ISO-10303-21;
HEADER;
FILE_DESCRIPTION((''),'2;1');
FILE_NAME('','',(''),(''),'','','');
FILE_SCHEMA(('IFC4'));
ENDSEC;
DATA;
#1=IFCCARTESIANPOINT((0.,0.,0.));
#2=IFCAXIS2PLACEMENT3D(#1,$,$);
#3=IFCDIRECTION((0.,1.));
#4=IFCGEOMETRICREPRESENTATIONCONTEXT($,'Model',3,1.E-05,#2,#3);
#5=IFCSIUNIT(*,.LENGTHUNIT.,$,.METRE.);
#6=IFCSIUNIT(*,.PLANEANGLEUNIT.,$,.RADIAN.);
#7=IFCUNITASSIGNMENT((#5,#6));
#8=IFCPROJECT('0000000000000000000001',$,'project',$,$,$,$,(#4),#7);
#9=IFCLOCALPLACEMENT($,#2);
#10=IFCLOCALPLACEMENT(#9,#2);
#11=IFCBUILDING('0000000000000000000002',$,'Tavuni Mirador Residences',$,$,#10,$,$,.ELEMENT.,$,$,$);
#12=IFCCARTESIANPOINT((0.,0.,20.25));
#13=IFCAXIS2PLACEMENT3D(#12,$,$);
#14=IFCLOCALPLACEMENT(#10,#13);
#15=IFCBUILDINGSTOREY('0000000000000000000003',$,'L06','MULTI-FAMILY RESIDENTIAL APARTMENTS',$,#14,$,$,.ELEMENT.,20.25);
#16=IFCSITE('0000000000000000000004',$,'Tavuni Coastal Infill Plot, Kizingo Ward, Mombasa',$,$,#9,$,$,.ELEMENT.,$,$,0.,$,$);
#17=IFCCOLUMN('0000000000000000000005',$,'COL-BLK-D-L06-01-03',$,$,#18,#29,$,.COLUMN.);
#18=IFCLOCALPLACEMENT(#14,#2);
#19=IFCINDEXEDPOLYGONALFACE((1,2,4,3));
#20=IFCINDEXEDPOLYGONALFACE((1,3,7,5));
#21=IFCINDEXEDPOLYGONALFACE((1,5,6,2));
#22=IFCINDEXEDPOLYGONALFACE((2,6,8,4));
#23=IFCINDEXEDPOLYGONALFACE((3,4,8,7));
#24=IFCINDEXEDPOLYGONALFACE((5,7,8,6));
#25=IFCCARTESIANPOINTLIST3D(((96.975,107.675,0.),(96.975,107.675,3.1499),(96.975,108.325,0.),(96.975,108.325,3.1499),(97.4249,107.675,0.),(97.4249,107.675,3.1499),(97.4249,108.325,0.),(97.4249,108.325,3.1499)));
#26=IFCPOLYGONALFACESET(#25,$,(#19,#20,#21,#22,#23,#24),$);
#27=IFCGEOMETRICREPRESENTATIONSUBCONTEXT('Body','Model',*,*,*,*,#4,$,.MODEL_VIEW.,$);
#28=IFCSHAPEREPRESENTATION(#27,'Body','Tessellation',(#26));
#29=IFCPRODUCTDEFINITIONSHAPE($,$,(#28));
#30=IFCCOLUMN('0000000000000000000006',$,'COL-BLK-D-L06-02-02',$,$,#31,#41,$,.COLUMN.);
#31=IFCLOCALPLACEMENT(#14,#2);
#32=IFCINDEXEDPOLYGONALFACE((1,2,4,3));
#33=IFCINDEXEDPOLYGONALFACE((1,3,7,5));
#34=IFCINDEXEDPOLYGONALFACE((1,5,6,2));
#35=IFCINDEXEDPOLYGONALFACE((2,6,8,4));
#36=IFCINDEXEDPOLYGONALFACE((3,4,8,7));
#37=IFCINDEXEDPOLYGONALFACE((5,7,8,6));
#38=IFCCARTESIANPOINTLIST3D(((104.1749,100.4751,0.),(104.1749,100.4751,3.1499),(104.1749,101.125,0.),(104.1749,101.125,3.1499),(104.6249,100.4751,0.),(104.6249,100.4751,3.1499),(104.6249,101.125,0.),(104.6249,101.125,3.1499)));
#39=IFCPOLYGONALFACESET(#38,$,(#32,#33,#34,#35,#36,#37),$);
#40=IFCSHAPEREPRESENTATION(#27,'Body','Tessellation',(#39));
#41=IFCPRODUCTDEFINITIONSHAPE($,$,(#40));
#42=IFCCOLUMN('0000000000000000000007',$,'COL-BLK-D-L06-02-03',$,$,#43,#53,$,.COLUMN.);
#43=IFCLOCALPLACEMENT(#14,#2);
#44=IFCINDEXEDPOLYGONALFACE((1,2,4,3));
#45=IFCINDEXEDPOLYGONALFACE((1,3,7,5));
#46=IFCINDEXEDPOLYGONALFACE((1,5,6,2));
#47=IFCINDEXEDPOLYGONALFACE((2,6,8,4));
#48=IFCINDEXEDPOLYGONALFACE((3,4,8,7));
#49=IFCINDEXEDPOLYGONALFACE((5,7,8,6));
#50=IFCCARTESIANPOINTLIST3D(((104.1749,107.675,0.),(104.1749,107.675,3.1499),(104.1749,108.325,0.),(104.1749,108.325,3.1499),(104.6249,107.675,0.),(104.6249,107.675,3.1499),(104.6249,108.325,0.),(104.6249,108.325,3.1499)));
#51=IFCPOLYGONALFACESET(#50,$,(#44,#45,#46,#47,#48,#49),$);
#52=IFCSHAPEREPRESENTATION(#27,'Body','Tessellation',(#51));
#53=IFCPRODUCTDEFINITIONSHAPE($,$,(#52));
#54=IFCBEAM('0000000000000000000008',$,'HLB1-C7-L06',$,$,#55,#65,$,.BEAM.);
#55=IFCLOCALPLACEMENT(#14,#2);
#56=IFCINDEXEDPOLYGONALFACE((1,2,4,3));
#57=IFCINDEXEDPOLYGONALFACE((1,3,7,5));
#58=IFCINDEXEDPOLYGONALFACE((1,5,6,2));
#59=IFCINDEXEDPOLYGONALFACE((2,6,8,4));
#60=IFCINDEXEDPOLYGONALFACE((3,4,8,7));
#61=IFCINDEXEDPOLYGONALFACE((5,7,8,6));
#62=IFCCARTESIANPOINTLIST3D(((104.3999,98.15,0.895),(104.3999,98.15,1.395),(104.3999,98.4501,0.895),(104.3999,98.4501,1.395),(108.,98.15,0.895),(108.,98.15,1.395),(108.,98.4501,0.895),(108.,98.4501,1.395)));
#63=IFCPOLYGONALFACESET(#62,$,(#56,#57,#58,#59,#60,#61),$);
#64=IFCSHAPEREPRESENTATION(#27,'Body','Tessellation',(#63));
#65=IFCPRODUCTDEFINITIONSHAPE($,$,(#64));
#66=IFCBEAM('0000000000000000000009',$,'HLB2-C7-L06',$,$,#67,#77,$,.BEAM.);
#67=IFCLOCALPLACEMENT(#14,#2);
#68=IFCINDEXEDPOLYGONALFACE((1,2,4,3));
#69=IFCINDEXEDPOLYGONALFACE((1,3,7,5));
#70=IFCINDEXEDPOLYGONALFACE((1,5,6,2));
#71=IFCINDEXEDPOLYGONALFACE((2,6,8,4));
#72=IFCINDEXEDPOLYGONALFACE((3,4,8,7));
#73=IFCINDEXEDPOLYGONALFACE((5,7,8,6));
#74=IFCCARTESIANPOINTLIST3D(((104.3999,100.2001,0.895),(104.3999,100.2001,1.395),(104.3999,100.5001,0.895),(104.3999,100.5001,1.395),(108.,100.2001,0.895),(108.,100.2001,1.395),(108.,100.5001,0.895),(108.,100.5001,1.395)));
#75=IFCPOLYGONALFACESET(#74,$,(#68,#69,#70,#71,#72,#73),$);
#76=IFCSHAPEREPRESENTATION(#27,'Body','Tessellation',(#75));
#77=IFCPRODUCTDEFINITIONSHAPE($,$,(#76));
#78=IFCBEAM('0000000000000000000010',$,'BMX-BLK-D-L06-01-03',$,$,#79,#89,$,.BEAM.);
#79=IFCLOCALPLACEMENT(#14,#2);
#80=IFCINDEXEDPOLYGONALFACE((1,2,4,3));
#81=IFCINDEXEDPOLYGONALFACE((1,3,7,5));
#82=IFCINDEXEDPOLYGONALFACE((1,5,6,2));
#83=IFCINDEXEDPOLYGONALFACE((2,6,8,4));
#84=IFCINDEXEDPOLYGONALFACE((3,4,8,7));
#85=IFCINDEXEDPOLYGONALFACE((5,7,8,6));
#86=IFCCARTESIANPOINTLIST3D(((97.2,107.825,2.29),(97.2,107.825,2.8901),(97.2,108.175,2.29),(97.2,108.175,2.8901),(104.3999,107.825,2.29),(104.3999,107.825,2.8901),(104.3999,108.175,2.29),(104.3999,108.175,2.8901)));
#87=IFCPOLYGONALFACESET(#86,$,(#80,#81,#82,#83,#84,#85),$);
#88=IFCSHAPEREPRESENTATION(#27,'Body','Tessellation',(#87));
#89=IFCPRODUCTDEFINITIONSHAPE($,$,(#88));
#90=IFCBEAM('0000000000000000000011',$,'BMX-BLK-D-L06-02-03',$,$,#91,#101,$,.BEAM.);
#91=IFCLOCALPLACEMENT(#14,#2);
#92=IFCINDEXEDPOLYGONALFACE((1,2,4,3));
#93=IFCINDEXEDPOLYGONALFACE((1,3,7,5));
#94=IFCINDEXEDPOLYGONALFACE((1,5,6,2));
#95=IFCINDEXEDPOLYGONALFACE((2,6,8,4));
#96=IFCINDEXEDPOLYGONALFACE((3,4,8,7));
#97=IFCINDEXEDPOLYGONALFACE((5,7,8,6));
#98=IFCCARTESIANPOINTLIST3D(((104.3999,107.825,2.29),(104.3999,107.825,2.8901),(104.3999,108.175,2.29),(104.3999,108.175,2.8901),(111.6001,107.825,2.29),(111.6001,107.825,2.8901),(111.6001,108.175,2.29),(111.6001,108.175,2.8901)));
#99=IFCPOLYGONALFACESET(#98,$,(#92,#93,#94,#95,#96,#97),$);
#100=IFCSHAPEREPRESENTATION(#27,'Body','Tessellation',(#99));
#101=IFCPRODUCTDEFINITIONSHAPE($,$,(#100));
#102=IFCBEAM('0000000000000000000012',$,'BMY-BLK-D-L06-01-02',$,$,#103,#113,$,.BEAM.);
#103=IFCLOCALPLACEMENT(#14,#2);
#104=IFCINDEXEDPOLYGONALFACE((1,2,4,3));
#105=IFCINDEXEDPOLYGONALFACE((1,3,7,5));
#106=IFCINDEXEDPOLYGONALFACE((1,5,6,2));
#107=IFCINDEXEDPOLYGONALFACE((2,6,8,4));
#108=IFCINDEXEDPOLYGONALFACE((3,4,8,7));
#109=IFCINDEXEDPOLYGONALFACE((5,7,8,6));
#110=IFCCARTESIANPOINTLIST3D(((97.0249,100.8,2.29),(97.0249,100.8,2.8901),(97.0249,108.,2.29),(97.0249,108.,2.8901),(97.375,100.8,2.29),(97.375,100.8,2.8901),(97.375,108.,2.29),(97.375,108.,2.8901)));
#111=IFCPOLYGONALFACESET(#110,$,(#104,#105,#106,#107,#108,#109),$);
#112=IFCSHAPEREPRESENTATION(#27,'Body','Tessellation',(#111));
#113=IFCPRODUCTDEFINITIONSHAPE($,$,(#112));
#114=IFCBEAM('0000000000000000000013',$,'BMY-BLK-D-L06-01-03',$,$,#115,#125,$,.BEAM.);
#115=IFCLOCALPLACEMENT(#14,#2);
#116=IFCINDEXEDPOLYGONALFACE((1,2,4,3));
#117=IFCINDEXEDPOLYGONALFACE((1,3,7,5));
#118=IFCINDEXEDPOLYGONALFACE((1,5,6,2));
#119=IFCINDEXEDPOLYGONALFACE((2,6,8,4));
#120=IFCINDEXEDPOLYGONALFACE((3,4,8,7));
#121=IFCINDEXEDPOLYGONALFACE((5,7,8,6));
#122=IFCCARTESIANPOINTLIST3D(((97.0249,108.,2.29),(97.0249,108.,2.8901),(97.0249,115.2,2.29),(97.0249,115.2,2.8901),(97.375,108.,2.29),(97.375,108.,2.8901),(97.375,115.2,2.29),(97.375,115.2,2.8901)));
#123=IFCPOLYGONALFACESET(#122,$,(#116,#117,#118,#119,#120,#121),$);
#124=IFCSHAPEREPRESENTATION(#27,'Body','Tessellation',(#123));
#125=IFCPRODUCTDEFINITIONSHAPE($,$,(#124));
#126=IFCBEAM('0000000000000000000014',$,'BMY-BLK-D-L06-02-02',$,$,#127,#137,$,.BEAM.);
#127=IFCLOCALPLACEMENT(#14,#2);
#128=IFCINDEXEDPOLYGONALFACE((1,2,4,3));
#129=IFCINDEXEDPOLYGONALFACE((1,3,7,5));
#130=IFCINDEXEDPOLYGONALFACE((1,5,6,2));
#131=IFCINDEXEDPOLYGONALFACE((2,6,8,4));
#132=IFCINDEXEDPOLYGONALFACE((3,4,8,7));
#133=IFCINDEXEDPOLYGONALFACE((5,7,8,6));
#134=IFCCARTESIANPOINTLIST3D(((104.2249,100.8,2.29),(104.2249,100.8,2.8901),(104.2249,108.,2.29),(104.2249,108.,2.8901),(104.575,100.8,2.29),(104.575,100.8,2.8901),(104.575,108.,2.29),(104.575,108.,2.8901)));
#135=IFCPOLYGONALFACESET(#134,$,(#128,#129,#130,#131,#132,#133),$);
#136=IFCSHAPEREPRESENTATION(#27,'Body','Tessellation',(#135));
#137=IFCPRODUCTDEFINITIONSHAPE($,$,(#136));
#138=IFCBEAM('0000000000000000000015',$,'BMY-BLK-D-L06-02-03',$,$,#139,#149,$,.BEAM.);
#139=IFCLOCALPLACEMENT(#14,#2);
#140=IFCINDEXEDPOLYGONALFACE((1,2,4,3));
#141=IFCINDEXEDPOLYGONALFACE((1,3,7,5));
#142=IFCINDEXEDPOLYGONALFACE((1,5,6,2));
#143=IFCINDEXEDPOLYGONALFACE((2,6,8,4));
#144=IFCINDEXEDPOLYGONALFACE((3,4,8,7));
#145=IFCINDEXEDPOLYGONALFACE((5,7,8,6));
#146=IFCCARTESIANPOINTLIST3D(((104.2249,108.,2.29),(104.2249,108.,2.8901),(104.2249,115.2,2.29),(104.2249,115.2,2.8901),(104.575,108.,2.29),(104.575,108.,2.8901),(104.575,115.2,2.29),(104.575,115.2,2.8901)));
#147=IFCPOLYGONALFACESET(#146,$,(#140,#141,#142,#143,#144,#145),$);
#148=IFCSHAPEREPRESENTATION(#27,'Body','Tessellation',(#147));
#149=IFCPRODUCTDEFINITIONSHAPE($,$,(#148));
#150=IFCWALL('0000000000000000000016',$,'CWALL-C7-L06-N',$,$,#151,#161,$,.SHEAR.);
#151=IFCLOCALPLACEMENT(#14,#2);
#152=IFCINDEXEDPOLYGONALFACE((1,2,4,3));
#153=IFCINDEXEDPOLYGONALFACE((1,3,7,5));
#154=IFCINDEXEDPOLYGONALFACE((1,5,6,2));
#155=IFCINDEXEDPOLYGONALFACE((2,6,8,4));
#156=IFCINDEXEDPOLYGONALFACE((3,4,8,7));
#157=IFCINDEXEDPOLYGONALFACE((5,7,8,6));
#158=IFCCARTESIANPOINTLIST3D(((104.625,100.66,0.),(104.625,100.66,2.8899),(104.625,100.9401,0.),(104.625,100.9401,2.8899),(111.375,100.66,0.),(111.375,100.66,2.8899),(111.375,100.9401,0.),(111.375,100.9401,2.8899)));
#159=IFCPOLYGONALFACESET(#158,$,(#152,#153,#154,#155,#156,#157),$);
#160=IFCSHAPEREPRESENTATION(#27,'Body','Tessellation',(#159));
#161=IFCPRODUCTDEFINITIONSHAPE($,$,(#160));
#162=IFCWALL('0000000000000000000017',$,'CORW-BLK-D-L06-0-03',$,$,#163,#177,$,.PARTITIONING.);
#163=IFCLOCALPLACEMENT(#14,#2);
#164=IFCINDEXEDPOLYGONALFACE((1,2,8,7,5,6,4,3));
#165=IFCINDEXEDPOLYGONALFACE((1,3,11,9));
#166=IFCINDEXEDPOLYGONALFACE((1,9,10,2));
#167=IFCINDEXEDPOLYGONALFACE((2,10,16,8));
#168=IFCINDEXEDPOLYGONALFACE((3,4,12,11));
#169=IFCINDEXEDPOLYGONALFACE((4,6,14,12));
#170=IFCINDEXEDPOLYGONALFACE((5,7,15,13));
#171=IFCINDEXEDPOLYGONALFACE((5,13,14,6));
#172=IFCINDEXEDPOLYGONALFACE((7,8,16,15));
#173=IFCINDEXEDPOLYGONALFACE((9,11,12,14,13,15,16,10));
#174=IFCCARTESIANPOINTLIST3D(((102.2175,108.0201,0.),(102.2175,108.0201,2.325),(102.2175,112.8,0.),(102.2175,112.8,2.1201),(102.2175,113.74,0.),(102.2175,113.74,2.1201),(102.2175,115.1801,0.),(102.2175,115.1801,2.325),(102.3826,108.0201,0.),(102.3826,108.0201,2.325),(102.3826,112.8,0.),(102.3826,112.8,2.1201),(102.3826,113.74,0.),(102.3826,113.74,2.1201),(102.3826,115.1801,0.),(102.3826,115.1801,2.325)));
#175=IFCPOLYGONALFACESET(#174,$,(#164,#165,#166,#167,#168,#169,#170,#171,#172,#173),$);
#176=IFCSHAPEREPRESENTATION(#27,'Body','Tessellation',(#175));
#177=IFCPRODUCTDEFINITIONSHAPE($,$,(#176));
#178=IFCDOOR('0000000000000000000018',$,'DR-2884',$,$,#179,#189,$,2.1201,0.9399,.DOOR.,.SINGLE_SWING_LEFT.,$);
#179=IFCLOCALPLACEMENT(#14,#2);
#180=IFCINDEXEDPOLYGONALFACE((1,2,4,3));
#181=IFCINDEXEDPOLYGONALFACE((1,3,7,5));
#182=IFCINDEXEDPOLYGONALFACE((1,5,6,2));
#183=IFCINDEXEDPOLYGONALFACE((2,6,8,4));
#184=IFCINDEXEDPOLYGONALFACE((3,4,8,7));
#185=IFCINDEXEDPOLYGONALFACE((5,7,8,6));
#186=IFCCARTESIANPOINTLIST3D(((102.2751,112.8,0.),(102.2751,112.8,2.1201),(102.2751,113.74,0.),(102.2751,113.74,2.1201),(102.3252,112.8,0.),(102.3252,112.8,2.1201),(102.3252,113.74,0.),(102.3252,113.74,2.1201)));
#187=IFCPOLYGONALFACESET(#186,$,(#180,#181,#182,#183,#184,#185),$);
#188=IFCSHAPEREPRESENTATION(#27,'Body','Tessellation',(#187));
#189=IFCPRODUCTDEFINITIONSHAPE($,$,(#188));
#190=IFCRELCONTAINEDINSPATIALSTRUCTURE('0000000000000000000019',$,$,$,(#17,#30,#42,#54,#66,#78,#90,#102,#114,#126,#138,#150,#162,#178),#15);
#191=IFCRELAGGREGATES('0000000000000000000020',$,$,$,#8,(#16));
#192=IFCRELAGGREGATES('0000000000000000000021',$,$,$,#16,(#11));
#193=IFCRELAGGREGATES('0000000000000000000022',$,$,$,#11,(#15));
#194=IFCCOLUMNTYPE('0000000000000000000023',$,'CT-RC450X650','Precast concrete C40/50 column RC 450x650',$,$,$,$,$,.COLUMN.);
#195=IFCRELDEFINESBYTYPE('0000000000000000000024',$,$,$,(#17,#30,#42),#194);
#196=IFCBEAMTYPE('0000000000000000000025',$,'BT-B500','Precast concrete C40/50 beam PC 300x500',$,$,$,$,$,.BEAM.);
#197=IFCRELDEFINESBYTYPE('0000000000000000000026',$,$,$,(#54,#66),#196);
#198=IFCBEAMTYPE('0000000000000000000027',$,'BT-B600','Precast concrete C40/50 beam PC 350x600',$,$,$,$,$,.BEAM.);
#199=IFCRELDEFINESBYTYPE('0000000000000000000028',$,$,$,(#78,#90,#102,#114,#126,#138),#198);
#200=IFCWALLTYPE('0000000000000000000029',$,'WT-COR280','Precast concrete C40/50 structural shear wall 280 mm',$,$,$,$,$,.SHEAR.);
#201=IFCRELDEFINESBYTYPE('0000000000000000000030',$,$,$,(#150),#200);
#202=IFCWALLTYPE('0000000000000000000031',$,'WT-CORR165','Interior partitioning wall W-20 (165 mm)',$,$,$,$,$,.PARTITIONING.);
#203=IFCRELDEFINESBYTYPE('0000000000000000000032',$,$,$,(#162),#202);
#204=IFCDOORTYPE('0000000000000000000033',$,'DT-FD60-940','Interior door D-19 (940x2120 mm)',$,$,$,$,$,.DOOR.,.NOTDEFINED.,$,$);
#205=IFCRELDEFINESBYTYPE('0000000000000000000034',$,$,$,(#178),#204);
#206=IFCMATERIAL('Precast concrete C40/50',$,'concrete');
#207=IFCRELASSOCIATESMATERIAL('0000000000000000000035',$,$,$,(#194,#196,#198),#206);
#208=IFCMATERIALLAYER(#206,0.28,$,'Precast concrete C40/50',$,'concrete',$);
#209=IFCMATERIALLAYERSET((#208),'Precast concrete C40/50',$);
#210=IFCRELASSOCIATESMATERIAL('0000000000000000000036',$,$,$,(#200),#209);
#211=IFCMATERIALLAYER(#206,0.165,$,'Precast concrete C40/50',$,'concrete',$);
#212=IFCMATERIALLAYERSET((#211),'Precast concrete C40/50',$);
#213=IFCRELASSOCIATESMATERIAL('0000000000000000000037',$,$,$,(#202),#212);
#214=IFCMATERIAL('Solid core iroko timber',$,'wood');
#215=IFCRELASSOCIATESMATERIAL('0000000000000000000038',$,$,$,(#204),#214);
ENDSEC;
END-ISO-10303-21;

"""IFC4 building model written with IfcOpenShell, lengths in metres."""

from ifc_helpers import new_model, si_unit, direction, frame, frame_2d, origin, origin_2d, place, context, subcontext, project, spatial, rectangle, extrude, material, layer, layer_set, material_profile, profile_set, type_object, element, fill, save


model = new_model("IFC4")

# Units and contexts
model_context = context("Model", 3, precision=1e-05, world=origin(), true_north=direction((0.0, 1.0)))
body_context = subcontext(model_context, "Body", "Model", "MODEL_VIEW")
ifc_project = project(units=[si_unit("LENGTHUNIT", "METRE"), si_unit("PLANEANGLEUNIT", "RADIAN")], contexts=[model_context])

# Site, building, storey
site_placement = place(None, origin())
site = spatial("IfcSite", under=ifc_project, at=site_placement, Name="Tavuni Coastal Infill Plot, Kizingo Ward, Mombasa", CompositionType="ELEMENT", RefElevation=0.0)
building_placement = place(site_placement, origin())
building = spatial("IfcBuilding", under=site, at=building_placement, Name="Tavuni Mirador Residences", CompositionType="ELEMENT")
storey_placement = place(building_placement, frame((0.0, 0.0, 20.25)))
storey = spatial("IfcBuildingStorey", under=building, at=storey_placement, Name="L06", Description="MULTI-FAMILY RESIDENTIAL APARTMENTS", CompositionType="ELEMENT", Elevation=20.25)

# Columns
ifc_material_1 = material(Name="Precast concrete C40/50", Category="concrete")
ifc_material_profile_1 = material_profile(ifc_material_1, rectangle(XDim=0.45, YDim=0.6499, at=origin_2d()), Name="RC 450x650", Category="concrete")
ifc_profile_set_1 = profile_set([ifc_material_profile_1], Name="Precast concrete C40/50")
column_type = type_object("IfcColumnType", Name="CT-RC450X650", Description="Precast concrete C40/50 column RC 450x650", PredefinedType="COLUMN", material=ifc_profile_set_1)
for number, where, z_axis, x_axis, name in (
    (1, (97.2, 108.0, 0.0), (0.0, 0.0, 1.0), (1.0, 0.0, 0.0), "COL-BLK-D-L06-01-03"),
    (2, (104.3999, 100.8, 0.0), (0.0, 0.0, 1.0), (1.0, 0.0, 0.0), "COL-BLK-D-L06-02-02"),
    (3, (104.3999, 108.0, 0.0), (0.0, 0.0, 1.0), (1.0, 0.0, 0.0), "COL-BLK-D-L06-02-03"),
):
    element("IfcColumn", number, at=place(storey_placement, frame(where, z_axis=z_axis, x_axis=x_axis)), inside=storey, type_object=column_type, Name=name, PredefinedType="COLUMN", context=body_context, shape_type="SweptSolid", body=[
        extrude(rectangle(XDim=0.45, YDim=0.6499, at=origin_2d()), origin(), (0.0, 0.0, 1.0), 3.1499),
    ])

# Beams
ifc_material_profile_2 = material_profile(ifc_material_1, rectangle(XDim=0.3, YDim=0.5, at=origin_2d()), Name="PC 300x500", Category="concrete")
ifc_profile_set_2 = profile_set([ifc_material_profile_2], Name="Precast concrete C40/50")
beam_type_1 = type_object("IfcBeamType", Name="BT-B500", Description="Precast concrete C40/50 beam PC 300x500", PredefinedType="BEAM", material=ifc_profile_set_2)
for number, where, z_axis, x_axis, name in (
    (4, (104.3999, 98.3, 1.145), (1.0, 0.0, 0.0), (0.0, 1.0, 0.0), "HLB1-C7-L06"),
    (5, (104.3999, 100.3501, 1.145), (1.0, 0.0, 0.0), (0.0, 1.0, 0.0), "HLB2-C7-L06"),
):
    element("IfcBeam", number, at=place(storey_placement, frame(where, z_axis=z_axis, x_axis=x_axis)), inside=storey, type_object=beam_type_1, Name=name, PredefinedType="BEAM", context=body_context, shape_type="SweptSolid", body=[
        extrude(rectangle(XDim=0.3, YDim=0.5, at=origin_2d()), origin(), (0.0, 0.0, 1.0), 3.6001),
    ])
ifc_material_profile_3 = material_profile(ifc_material_1, rectangle(XDim=0.3501, YDim=0.6001, at=origin_2d()), Name="PC 350x600", Category="concrete")
ifc_profile_set_3 = profile_set([ifc_material_profile_3], Name="Precast concrete C40/50")
beam_type_2 = type_object("IfcBeamType", Name="BT-B600", Description="Precast concrete C40/50 beam PC 350x600", PredefinedType="BEAM", material=ifc_profile_set_3)
beam_1_placement = place(storey_placement, frame((97.2, 108.0, 2.5901), z_axis=(1.0, 0.0, 0.0), x_axis=(0.0, 1.0, 0.0)))
element("IfcBeam", 6, at=beam_1_placement, inside=storey, type_object=beam_type_2, Name="BMX-BLK-D-L06-01-03", PredefinedType="BEAM", context=body_context, shape_type="SweptSolid", body=[
    extrude(rectangle(XDim=0.3501, YDim=0.6001, at=origin_2d()), origin(), (0.0, 0.0, 1.0), 7.2),
])
beam_2_placement = place(storey_placement, frame((104.3999, 108.0, 2.5901), z_axis=(1.0, 0.0, 0.0), x_axis=(0.0, 1.0, 0.0)))
element("IfcBeam", 7, at=beam_2_placement, inside=storey, type_object=beam_type_2, Name="BMX-BLK-D-L06-02-03", PredefinedType="BEAM", context=body_context, shape_type="SweptSolid", body=[
    extrude(rectangle(XDim=0.3501, YDim=0.6001, at=origin_2d()), origin(), (0.0, 0.0, 1.0), 7.2002),
])
for number, where, z_axis, x_axis, name in (
    (8, (97.2, 100.8, 2.5901), (0.0, 1.0, 0.0), (-1.0, 0.0, 0.0), "BMY-BLK-D-L06-01-02"),
    (9, (97.2, 108.0, 2.5901), (0.0, 1.0, 0.0), (-1.0, 0.0, 0.0), "BMY-BLK-D-L06-01-03"),
    (10, (104.3999, 100.8, 2.5901), (0.0, 1.0, 0.0), (-1.0, 0.0, 0.0), "BMY-BLK-D-L06-02-02"),
    (11, (104.3999, 108.0, 2.5901), (0.0, 1.0, 0.0), (-1.0, 0.0, 0.0), "BMY-BLK-D-L06-02-03"),
):
    element("IfcBeam", number, at=place(storey_placement, frame(where, z_axis=z_axis, x_axis=x_axis)), inside=storey, type_object=beam_type_2, Name=name, PredefinedType="BEAM", context=body_context, shape_type="SweptSolid", body=[
        extrude(rectangle(XDim=0.3501, YDim=0.6001, at=origin_2d()), origin(), (0.0, 0.0, 1.0), 7.2),
    ])

# Shared definitions
ifc_material_2 = material(Name="Solid core iroko timber", Category="wood")

# Wall
ifc_layer_1 = layer(ifc_material_1, 0.28, Name="Precast concrete C40/50", Category="concrete")
ifc_layer_set_1 = layer_set([ifc_layer_1], Name="Precast concrete C40/50")
wall_type_1 = type_object("IfcWallType", Name="WT-COR280", Description="Precast concrete C40/50 structural shear wall 280 mm", PredefinedType="SHEAR", material=ifc_layer_set_1)
wall_1_placement = place(storey_placement, frame((104.625, 100.8, 0.0), z_axis=(0.0, 0.0, 1.0), x_axis=(1.0, 0.0, 0.0)))
element("IfcWall", 12, at=wall_1_placement, inside=storey, type_object=wall_type_1, Name="CWALL-C7-L06-N", PredefinedType="SHEAR", context=body_context, shape_type="SweptSolid", body=[
    extrude(rectangle(XDim=6.75, YDim=0.28, at=frame_2d((3.375, 0.0))), origin(), (0.0, 0.0, 1.0), 2.8899),
])

# Wall, opening, door
ifc_layer_2 = layer(ifc_material_1, 0.165, Name="Precast concrete C40/50", Category="concrete")
ifc_layer_set_2 = layer_set([ifc_layer_2], Name="Precast concrete C40/50")
wall_type_2 = type_object("IfcWallType", Name="WT-CORR165", Description="Interior partitioning wall W-20 (165 mm)", PredefinedType="PARTITIONING", material=ifc_layer_set_2)
wall_2_placement = place(storey_placement, frame((102.3, 108.02, 0.0), z_axis=(0.0, 0.0, 1.0), x_axis=(0.0, 1.0, 0.0)))
wall_2 = element("IfcWall", 13, at=wall_2_placement, inside=storey, type_object=wall_type_2, Name="CORW-BLK-D-L06-0-03", PredefinedType="PARTITIONING", context=body_context, shape_type="SweptSolid", body=[
    extrude(rectangle(XDim=7.1599, YDim=0.165, at=frame_2d((3.5801, 0.0))), origin(), (0.0, 0.0, 1.0), 2.325),
])
opening_1_placement = place(wall_2_placement, frame((4.78, 0.0, 0.0)))
opening_1 = element("IfcOpeningElement", 14, at=opening_1_placement, cuts=wall_2, PredefinedType="OPENING", context=body_context, shape_type="SweptSolid", body=[
    extrude(rectangle(XDim=0.9399, YDim=2.1201, at=frame_2d((0.47, 1.0601))), frame((0.0, 0.0925, 0.0), z_axis=(0.0, -1.0, 0.0), x_axis=(1.0, 0.0, 0.0)), (0.0, 0.0, 1.0), 0.1851),
])
door_type_1 = type_object("IfcDoorType", Name="DT-FD60-940", Description="Interior door D-19 (940x2120 mm)", OperationType="NOTDEFINED", PredefinedType="DOOR", material=ifc_material_2)
door_1_placement = place(opening_1_placement, origin())
door_1 = element("IfcDoor", 15, at=door_1_placement, inside=storey, type_object=door_type_1, Name="DR-2884", OperationType="SINGLE_SWING_LEFT", OverallHeight=2.1201, OverallWidth=0.9399, PredefinedType="DOOR", context=body_context, shape_type="SweptSolid", body=[
    extrude(rectangle(XDim=0.9399, YDim=2.1201, at=frame_2d((0.47, 1.0601))), frame((0.0, 0.0249, 0.0), z_axis=(0.0, -1.0, 0.0), x_axis=(1.0, 0.0, 0.0)), (0.0, 0.0, 1.0), 0.05),
])
fill(opening_1, door_1)

save(model, "model.ifc")
